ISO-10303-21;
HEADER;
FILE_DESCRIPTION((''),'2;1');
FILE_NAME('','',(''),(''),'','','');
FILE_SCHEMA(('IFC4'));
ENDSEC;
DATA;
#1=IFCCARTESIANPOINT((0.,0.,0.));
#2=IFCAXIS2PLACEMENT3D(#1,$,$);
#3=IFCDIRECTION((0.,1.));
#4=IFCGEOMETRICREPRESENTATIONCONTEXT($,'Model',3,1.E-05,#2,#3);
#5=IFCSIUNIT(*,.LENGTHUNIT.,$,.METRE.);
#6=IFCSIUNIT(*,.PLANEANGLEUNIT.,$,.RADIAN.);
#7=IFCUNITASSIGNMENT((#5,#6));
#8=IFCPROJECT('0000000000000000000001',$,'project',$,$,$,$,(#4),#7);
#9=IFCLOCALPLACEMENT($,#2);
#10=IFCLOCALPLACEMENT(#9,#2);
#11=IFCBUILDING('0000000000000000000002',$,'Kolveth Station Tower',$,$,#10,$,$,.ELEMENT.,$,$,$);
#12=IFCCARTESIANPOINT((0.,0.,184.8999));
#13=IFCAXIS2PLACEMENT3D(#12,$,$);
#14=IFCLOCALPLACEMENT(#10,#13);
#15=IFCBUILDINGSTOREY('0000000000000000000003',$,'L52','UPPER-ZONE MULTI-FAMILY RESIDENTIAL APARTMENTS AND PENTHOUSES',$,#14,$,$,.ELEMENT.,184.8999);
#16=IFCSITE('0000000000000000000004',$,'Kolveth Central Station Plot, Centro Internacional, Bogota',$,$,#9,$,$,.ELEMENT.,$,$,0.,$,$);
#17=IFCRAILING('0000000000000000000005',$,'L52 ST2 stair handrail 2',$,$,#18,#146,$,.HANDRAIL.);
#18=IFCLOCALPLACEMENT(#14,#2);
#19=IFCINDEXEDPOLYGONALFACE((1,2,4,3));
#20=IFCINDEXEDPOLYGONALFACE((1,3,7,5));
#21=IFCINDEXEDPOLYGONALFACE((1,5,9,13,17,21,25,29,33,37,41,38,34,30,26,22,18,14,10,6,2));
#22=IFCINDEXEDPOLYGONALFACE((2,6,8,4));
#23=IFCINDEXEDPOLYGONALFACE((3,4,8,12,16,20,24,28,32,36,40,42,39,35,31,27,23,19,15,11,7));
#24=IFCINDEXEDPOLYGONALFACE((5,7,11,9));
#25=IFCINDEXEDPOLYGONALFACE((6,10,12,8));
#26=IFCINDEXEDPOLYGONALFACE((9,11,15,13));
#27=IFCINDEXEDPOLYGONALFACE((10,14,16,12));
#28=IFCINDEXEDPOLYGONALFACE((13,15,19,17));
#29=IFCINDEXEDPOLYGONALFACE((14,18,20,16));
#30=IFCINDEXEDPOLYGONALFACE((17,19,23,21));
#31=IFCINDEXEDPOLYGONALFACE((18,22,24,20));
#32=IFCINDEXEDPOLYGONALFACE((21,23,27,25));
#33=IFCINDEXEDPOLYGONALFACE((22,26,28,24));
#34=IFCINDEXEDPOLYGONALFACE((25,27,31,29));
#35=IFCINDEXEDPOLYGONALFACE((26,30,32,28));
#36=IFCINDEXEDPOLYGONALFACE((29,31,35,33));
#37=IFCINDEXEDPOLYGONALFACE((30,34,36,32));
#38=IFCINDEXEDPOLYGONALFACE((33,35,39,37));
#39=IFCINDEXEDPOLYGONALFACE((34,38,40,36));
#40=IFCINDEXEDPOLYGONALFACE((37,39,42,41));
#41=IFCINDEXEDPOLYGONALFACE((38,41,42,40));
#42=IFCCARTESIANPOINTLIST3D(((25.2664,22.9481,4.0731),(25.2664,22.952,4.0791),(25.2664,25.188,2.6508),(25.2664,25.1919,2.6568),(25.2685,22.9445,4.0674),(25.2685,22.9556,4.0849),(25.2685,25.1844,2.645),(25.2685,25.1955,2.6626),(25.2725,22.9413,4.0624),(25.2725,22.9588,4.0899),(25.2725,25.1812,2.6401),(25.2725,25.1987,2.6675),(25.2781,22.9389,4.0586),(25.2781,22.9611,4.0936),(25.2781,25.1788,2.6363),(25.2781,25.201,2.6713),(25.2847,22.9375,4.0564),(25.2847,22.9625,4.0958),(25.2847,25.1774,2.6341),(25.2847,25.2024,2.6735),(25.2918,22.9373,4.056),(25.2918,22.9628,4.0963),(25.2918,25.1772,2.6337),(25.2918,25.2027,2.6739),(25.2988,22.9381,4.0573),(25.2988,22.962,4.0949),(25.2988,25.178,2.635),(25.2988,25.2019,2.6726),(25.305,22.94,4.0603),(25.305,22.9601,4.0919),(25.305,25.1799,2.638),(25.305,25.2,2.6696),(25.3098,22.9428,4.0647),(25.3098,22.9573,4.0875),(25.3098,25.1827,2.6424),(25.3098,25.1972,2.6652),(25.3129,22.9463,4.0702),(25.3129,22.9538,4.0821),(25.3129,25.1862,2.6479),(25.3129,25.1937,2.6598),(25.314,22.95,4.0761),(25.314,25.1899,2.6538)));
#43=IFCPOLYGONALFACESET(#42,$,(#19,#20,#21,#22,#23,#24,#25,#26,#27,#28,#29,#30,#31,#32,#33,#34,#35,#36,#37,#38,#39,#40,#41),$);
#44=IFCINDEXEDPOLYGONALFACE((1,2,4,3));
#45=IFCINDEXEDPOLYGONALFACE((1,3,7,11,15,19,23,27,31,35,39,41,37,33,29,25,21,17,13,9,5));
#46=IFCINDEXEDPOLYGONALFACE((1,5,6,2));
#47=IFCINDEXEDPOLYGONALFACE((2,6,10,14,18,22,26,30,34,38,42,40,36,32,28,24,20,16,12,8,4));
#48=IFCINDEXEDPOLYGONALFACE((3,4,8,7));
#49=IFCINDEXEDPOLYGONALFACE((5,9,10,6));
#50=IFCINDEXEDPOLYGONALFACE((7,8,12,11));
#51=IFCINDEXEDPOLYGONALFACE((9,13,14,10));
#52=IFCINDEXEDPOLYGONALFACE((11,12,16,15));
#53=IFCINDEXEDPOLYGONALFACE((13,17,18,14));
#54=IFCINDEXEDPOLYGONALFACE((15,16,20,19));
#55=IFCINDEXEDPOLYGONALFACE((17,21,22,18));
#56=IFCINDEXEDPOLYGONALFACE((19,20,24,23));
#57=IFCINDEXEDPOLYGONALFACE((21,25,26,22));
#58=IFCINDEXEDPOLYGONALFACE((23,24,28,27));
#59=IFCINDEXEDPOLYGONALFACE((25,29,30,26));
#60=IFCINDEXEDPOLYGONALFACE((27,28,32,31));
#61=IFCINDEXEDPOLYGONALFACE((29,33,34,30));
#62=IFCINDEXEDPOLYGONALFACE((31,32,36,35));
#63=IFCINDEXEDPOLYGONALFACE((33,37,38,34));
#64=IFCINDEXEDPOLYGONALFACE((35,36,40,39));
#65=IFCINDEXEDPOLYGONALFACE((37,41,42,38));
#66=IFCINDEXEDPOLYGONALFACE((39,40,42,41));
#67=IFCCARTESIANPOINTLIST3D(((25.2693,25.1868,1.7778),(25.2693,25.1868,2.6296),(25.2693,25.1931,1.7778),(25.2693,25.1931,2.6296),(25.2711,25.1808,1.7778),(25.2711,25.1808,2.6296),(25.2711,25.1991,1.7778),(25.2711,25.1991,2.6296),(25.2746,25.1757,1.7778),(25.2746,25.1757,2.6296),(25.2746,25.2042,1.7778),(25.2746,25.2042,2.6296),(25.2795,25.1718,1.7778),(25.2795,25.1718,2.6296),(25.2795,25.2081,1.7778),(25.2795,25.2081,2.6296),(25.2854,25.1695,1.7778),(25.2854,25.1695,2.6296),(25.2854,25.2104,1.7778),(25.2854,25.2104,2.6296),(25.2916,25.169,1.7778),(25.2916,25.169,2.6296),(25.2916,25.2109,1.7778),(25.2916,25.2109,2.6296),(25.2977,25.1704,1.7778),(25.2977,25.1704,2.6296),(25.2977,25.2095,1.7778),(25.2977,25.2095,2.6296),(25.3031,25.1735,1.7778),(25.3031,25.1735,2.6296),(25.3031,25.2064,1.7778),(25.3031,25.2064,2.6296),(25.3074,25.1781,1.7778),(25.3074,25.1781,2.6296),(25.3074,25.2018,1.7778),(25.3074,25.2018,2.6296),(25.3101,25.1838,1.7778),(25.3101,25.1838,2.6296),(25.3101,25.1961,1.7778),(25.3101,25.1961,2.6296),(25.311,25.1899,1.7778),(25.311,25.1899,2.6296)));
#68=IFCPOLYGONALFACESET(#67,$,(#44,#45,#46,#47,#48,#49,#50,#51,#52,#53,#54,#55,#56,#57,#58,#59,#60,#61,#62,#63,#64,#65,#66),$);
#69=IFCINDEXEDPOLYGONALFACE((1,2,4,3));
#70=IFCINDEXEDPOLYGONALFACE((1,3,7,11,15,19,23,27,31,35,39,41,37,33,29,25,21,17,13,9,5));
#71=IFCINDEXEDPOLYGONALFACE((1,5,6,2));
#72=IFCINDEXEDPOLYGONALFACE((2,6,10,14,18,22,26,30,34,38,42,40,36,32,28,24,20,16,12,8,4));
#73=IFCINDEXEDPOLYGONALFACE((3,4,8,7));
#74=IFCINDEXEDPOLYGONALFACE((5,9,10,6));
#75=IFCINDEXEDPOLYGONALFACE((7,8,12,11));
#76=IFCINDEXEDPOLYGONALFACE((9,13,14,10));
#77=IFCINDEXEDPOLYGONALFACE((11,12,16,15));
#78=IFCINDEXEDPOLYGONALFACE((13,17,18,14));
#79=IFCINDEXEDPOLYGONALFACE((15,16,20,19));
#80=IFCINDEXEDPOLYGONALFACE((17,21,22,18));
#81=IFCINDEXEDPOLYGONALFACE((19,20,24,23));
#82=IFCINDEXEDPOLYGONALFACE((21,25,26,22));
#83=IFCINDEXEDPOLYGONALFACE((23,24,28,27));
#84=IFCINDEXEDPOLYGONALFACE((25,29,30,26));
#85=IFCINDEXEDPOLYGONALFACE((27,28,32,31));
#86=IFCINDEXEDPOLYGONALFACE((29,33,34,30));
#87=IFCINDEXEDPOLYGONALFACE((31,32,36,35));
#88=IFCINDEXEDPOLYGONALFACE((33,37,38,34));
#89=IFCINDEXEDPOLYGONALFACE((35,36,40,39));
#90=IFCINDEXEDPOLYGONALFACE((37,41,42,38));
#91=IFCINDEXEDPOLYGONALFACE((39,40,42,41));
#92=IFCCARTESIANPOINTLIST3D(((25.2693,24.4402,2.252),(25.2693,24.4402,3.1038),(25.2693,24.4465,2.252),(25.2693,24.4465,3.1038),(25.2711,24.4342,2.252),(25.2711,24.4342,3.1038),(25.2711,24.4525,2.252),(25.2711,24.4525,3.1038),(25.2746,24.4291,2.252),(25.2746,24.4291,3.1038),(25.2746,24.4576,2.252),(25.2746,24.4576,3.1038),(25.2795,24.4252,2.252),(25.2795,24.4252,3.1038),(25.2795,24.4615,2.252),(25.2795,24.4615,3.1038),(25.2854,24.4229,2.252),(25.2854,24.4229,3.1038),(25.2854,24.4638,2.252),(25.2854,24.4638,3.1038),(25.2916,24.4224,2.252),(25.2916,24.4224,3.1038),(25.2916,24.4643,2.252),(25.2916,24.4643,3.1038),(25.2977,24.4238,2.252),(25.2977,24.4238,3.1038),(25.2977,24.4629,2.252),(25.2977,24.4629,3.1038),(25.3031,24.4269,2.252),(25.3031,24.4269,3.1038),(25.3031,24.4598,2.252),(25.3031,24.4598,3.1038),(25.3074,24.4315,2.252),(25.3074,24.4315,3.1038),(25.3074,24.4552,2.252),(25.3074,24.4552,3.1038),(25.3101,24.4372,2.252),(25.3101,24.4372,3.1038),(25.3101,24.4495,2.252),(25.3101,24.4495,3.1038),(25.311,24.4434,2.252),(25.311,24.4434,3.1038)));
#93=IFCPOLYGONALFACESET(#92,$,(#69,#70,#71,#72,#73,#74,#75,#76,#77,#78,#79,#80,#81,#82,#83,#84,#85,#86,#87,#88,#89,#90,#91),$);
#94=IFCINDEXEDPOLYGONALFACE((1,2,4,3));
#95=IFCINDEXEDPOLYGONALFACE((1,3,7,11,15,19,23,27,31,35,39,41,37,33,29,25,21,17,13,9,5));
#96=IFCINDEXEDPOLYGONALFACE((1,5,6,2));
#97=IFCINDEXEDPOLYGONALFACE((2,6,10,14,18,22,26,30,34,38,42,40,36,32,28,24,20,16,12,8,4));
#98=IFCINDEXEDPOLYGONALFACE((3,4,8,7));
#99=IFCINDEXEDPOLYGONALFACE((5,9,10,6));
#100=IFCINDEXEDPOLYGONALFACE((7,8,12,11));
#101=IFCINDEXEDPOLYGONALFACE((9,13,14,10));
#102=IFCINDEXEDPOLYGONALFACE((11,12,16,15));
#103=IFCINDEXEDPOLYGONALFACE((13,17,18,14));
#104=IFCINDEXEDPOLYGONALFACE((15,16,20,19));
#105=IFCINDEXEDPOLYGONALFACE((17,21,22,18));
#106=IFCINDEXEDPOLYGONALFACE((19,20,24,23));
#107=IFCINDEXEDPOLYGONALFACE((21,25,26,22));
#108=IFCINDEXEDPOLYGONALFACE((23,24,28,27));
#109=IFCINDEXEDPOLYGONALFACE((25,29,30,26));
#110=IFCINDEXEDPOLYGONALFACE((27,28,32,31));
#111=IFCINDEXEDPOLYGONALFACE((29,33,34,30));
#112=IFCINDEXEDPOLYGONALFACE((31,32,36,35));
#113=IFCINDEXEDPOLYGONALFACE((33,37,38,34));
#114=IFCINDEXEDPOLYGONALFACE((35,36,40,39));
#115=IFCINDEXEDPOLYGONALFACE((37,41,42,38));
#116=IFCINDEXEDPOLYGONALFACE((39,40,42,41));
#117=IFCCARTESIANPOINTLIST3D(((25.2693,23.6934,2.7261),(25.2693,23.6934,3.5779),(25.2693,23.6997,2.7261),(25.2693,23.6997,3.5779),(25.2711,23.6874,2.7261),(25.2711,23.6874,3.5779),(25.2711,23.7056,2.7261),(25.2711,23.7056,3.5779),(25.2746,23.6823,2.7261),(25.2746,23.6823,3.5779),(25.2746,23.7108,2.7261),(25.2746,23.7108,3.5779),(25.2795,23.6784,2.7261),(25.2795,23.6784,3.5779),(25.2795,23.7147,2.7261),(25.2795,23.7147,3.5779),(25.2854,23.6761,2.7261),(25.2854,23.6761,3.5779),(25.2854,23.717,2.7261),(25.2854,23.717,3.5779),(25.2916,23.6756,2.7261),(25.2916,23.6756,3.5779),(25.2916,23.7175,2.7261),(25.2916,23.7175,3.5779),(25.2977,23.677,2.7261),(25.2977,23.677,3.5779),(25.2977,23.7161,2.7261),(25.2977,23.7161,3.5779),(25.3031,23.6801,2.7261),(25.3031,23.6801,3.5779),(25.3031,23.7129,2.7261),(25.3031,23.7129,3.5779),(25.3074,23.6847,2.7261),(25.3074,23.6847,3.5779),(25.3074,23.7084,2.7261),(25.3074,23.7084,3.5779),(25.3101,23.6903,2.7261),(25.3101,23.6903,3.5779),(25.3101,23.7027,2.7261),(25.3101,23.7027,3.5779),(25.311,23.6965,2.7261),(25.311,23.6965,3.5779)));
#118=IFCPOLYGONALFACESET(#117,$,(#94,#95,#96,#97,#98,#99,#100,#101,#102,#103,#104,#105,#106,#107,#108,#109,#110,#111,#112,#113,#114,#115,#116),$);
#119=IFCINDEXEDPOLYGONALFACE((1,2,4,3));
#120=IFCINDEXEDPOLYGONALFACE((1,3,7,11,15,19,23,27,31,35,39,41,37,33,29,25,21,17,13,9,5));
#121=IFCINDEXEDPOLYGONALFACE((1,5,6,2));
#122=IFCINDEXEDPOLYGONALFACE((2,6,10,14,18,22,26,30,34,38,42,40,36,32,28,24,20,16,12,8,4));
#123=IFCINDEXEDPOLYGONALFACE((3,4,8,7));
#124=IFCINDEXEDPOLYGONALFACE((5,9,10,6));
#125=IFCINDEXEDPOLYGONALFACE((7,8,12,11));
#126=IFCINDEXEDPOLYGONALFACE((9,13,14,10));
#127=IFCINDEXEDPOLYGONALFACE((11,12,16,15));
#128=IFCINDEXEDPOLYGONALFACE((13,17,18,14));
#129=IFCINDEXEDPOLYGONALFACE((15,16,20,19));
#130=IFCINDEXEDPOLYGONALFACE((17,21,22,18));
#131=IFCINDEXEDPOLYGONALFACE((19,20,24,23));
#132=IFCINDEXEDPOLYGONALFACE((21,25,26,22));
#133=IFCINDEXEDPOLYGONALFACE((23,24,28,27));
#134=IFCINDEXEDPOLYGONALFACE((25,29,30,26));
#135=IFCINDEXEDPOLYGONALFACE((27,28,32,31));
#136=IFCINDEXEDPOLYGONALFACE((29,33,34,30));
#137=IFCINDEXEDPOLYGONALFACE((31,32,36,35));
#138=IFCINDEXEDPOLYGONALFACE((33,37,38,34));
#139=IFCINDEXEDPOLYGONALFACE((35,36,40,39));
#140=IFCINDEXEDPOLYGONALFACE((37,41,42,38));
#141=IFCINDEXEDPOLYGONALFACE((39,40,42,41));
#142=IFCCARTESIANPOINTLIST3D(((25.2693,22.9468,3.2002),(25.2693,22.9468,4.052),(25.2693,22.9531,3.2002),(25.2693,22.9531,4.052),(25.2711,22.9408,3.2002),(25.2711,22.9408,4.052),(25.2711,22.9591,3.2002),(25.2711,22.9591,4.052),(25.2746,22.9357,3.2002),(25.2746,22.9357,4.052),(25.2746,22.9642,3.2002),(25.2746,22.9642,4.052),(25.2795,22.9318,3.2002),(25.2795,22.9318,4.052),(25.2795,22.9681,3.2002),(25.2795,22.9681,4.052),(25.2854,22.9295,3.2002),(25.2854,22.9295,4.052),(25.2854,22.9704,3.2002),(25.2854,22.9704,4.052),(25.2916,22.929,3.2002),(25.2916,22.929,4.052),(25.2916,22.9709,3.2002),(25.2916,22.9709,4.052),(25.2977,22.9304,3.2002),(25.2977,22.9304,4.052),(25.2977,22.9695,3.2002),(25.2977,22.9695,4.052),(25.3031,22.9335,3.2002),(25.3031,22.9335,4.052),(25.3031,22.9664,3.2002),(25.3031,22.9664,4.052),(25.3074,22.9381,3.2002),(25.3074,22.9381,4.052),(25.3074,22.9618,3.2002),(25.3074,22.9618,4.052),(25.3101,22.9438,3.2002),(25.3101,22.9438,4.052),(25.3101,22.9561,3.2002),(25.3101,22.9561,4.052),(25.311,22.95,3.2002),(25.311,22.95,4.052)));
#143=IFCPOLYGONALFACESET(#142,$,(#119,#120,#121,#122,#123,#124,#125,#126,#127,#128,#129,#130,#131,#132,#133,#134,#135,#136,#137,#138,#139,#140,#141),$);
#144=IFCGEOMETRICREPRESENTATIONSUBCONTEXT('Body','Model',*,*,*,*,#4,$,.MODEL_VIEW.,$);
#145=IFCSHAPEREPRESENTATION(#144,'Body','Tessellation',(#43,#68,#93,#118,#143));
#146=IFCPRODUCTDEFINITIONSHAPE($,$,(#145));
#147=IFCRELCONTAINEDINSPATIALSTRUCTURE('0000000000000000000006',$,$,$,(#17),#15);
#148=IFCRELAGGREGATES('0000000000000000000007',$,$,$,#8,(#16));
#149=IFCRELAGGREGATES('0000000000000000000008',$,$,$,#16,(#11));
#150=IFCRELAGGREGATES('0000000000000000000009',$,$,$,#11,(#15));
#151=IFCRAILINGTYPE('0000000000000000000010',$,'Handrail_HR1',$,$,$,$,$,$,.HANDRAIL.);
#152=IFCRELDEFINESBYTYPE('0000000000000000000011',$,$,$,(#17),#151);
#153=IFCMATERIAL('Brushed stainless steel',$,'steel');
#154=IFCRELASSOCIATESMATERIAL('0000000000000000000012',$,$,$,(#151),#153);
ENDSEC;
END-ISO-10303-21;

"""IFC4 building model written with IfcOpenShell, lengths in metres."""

from ifc_helpers import new_model, si_unit, direction, frame, origin, origin_2d, place, context, subcontext, project, spatial, circle, extrude, material, type_object, element, save


model = new_model("IFC4")

# Units and contexts
model_context = context("Model", 3, precision=1e-05, world=origin(), true_north=direction((0.0, 1.0)))
body_context = subcontext(model_context, "Body", "Model", "MODEL_VIEW")
ifc_project = project(units=[si_unit("LENGTHUNIT", "METRE"), si_unit("PLANEANGLEUNIT", "RADIAN")], contexts=[model_context])

# Site, building, storey
site_placement = place(None, origin())
site = spatial("IfcSite", under=ifc_project, at=site_placement, Name="Kolveth Central Station Plot, Centro Internacional, Bogota", CompositionType="ELEMENT", RefElevation=0.0)
building_placement = place(site_placement, origin())
building = spatial("IfcBuilding", under=site, at=building_placement, Name="Kolveth Station Tower", CompositionType="ELEMENT")
storey_placement = place(building_placement, frame((0.0, 0.0, 184.8999)))
storey = spatial("IfcBuildingStorey", under=building, at=storey_placement, Name="L52", Description="UPPER-ZONE MULTI-FAMILY RESIDENTIAL APARTMENTS AND PENTHOUSES", CompositionType="ELEMENT", Elevation=184.8999)

# Railing
ifc_material_1 = material(Name="Brushed stainless steel", Category="steel")
railing_type_1 = type_object("IfcRailingType", Name="Handrail_HR1", PredefinedType="HANDRAIL", material=ifc_material_1)
railing_1_placement = place(storey_placement, frame((25.29, 25.1899, 1.7778)))
element("IfcRailing", 1, at=railing_1_placement, inside=storey, type_object=railing_type_1, Name="L52 ST2 stair handrail 2", PredefinedType="HANDRAIL", context=body_context, shape_type="SweptSolid", body=[
    extrude(circle(Radius=0.0239, at=origin_2d()), frame((0.0, 0.0, 0.876), z_axis=(0.0, -0.844188, 0.536048), x_axis=(1.0, 0.0, 0.0)), (0.0, 0.0, 1.0), 2.6533),
    extrude(circle(Radius=0.021, at=origin_2d()), origin(), (0.0, 0.0, 1.0), 0.8518),
    extrude(circle(Radius=0.021, at=origin_2d()), frame((0.0, -0.7466, 0.4741)), (0.0, 0.0, 1.0), 0.8518),
    extrude(circle(Radius=0.021, at=origin_2d()), frame((0.0, -1.4934, 0.9482)), (0.0, 0.0, 1.0), 0.8518),
    extrude(circle(Radius=0.021, at=origin_2d()), frame((0.0, -2.24, 1.4224)), (0.0, 0.0, 1.0), 0.8518),
])

save(model, "model.ifc")
